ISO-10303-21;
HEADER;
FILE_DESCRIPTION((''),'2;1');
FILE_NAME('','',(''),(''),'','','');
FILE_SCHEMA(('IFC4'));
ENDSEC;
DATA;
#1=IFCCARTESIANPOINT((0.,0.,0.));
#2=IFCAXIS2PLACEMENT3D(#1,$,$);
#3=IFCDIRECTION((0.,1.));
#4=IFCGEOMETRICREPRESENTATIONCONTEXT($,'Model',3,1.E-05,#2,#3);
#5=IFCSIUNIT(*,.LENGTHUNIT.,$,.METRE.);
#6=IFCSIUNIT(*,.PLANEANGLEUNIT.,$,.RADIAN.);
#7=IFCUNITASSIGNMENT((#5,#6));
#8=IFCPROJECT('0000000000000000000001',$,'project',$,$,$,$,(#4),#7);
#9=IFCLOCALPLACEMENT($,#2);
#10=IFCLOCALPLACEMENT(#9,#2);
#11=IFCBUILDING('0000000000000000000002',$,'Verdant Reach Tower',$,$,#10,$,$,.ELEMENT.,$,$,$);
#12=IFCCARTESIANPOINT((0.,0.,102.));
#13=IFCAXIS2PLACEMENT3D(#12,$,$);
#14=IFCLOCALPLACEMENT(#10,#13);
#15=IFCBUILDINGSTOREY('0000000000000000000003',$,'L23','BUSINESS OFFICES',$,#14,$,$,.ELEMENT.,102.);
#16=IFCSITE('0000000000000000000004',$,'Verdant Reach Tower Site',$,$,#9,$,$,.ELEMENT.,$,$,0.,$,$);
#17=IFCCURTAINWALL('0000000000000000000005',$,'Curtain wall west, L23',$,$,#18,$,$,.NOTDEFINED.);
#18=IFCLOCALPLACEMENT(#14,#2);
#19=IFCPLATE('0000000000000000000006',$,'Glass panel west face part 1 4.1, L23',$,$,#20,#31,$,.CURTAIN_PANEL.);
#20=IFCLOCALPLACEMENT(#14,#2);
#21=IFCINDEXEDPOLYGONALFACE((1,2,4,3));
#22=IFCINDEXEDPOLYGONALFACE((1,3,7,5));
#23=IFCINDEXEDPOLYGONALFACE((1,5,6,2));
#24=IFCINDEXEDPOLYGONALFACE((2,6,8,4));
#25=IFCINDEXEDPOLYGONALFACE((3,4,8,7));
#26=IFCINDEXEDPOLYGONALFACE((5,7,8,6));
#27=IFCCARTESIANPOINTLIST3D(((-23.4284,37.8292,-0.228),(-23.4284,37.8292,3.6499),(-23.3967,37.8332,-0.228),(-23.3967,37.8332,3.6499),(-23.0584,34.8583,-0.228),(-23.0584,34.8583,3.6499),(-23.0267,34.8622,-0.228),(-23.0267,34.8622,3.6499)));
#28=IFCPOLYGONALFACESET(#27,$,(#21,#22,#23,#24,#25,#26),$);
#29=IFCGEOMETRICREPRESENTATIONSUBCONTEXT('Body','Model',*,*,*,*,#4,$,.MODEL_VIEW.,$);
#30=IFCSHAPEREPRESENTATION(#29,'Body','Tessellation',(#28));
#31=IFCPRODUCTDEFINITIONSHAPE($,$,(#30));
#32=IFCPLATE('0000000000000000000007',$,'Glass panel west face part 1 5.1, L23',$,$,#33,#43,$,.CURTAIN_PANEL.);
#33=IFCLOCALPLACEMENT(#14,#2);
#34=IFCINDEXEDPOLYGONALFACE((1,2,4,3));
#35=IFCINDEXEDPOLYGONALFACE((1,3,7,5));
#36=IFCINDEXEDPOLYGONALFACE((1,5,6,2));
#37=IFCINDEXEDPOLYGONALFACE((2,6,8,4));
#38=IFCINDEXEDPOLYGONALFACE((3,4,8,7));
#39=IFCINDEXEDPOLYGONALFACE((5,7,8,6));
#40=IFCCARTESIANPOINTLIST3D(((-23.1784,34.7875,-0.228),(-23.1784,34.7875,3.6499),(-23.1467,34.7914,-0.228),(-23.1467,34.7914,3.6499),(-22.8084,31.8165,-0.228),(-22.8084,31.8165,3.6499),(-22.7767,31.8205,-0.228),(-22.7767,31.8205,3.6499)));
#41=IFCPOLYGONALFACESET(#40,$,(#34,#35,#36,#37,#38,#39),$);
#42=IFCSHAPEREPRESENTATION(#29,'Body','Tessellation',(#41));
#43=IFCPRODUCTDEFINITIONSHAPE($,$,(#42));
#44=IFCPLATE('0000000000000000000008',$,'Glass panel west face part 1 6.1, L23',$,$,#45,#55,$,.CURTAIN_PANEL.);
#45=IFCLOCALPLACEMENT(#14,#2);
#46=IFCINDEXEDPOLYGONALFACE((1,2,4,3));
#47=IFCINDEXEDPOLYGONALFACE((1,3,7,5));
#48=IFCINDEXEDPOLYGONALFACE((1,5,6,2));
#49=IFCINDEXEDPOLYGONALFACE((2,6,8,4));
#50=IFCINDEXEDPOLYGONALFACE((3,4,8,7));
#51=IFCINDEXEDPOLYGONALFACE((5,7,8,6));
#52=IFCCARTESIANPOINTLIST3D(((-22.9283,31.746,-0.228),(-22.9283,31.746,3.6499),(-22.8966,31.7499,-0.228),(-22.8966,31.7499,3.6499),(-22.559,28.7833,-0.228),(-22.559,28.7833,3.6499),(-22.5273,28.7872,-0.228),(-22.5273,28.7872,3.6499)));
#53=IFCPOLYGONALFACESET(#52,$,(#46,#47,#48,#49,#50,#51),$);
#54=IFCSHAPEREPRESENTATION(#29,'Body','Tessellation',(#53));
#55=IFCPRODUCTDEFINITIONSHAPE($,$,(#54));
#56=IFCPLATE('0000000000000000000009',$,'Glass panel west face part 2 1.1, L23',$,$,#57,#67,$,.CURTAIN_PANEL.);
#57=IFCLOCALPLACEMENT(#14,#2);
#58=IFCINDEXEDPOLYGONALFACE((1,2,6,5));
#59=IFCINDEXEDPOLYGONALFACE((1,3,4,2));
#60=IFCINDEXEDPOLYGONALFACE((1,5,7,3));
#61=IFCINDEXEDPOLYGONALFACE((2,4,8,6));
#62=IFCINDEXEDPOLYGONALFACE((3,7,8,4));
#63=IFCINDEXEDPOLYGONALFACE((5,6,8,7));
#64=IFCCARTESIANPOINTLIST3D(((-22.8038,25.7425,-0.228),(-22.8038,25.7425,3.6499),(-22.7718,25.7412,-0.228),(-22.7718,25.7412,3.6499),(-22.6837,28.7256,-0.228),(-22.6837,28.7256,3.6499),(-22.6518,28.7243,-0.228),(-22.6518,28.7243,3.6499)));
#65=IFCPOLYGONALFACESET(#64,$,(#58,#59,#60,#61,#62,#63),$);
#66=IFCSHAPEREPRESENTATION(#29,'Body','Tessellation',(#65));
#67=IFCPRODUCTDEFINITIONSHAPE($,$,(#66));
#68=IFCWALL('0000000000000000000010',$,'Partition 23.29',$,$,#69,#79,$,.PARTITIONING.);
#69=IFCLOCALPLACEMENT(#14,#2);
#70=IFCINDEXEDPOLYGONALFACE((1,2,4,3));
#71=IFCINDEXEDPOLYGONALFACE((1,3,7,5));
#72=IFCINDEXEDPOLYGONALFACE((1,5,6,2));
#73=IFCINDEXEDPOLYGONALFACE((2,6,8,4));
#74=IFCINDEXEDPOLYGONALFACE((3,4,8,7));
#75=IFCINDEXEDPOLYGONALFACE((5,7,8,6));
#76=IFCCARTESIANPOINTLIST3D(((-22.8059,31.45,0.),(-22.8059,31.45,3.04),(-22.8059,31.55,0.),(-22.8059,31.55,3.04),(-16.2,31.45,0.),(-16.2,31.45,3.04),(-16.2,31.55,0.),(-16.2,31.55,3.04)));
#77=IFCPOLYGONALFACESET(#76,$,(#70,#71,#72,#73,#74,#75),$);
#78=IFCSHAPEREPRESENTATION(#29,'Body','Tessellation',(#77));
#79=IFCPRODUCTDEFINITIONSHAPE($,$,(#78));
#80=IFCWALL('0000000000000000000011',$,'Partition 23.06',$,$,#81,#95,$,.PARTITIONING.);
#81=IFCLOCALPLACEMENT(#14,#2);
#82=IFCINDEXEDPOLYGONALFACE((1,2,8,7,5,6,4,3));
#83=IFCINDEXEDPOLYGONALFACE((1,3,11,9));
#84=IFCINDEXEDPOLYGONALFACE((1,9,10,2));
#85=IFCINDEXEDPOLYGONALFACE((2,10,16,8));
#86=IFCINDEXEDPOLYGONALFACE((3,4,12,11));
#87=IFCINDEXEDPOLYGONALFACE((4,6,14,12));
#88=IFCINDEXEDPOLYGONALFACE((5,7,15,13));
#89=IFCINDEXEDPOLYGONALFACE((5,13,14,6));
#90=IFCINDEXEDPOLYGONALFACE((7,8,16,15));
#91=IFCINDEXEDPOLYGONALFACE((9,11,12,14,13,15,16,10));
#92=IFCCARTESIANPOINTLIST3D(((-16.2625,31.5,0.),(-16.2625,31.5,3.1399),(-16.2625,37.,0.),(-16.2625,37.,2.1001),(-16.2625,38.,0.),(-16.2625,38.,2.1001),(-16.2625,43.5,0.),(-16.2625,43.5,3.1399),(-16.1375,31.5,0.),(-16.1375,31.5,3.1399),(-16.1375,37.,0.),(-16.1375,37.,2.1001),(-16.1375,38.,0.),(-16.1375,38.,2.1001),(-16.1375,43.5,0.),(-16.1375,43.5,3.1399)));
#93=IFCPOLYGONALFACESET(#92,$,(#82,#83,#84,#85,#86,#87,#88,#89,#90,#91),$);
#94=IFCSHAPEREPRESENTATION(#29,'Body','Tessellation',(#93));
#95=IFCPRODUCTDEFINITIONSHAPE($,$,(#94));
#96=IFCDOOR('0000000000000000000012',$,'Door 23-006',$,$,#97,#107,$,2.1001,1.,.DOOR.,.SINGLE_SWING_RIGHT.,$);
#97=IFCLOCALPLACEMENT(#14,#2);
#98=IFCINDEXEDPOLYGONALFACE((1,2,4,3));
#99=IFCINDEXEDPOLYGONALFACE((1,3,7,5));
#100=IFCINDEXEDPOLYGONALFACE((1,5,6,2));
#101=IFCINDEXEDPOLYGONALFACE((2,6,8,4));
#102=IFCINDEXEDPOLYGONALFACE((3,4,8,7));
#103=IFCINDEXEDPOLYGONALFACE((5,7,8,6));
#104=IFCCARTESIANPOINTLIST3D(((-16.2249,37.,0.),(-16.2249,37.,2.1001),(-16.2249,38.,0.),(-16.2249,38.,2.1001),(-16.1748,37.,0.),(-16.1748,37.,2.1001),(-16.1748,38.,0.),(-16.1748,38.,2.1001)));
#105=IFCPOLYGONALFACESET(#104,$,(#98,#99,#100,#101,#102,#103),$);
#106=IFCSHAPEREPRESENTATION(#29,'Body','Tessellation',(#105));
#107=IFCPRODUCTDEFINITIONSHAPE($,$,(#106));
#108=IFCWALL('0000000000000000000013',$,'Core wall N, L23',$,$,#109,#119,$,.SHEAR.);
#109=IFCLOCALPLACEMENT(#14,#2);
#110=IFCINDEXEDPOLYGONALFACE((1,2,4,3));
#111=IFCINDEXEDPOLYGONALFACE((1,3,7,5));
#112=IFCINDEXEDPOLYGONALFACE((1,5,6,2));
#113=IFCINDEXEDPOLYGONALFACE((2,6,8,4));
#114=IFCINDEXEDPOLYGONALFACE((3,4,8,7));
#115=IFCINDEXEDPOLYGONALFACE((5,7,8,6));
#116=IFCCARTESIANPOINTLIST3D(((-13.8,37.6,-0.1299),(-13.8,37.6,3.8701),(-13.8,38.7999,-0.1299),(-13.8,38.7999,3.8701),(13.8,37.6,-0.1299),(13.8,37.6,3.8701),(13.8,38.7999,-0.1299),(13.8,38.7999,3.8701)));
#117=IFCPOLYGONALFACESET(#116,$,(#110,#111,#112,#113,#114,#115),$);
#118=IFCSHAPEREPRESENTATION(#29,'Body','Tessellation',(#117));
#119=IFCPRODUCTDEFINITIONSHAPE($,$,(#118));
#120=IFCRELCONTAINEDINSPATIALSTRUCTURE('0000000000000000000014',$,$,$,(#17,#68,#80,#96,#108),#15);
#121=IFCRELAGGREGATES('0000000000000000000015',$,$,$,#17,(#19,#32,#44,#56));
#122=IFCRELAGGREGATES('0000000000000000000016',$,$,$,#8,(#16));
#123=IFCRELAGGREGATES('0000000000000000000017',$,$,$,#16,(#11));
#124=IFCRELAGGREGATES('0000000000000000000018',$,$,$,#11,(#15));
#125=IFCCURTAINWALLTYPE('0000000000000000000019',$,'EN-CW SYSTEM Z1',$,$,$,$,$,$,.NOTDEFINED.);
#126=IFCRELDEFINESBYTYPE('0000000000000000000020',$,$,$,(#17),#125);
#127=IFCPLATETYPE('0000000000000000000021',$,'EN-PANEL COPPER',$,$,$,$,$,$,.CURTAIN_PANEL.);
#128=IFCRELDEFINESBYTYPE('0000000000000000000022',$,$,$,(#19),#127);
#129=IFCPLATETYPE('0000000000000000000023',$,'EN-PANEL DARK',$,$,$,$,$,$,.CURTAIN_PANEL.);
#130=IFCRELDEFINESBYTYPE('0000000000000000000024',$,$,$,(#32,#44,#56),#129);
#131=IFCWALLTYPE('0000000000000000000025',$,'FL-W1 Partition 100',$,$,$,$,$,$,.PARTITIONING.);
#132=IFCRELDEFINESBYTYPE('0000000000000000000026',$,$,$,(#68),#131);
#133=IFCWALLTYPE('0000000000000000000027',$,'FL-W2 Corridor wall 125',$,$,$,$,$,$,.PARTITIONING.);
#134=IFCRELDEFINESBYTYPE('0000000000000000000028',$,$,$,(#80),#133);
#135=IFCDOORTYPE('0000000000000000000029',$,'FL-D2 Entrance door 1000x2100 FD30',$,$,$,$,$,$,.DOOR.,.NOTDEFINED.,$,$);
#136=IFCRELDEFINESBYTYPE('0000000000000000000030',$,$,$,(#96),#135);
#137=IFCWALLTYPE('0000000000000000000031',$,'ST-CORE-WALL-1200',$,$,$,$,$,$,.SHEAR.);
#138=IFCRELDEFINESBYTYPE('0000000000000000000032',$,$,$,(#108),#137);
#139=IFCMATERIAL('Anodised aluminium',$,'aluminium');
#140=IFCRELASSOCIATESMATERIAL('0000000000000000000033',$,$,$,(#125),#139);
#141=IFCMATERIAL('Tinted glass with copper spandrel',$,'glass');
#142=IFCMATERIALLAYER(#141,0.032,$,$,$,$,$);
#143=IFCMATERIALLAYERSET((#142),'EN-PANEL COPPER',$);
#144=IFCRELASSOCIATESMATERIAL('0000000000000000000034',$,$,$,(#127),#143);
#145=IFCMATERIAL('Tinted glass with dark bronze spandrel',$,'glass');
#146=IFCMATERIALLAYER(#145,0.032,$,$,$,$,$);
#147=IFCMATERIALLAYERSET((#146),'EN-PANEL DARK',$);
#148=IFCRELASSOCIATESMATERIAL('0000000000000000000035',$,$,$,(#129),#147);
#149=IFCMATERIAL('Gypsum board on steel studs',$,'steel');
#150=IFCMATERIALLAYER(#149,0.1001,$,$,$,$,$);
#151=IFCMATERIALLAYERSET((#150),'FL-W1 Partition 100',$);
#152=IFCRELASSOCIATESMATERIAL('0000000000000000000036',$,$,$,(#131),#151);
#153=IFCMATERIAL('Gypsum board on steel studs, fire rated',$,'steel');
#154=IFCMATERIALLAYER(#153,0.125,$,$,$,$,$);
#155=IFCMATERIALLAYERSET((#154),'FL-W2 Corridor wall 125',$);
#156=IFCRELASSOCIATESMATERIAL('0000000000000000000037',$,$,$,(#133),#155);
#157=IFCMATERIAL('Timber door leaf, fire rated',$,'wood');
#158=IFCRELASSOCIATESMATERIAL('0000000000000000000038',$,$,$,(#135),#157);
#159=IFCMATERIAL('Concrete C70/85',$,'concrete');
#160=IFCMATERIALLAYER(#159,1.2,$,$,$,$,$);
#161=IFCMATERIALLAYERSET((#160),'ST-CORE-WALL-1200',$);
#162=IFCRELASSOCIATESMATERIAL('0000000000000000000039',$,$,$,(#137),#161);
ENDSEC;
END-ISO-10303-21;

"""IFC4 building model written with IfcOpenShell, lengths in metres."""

from ifc_helpers import new_model, si_unit, direction, frame, frame_2d, origin, origin_2d, place, context, subcontext, project, spatial, rectangle, extrude, material, layer, layer_set, type_object, element, fill, aggregate, save


model = new_model("IFC4")

# Units and contexts
model_context = context("Model", 3, precision=1e-05, world=origin(), true_north=direction((0.0, 1.0)))
body_context = subcontext(model_context, "Body", "Model", "MODEL_VIEW")
ifc_project = project(units=[si_unit("LENGTHUNIT", "METRE"), si_unit("PLANEANGLEUNIT", "RADIAN")], contexts=[model_context])

# Site, building, storey
site_placement = place(None, origin())
site = spatial("IfcSite", under=ifc_project, at=site_placement, Name="Verdant Reach Tower Site", CompositionType="ELEMENT", RefElevation=0.0)
building_placement = place(site_placement, origin())
building = spatial("IfcBuilding", under=site, at=building_placement, Name="Verdant Reach Tower", CompositionType="ELEMENT")
storey_placement = place(building_placement, frame((0.0, 0.0, 102.0)))
storey = spatial("IfcBuildingStorey", under=building, at=storey_placement, Name="L23", Description="BUSINESS OFFICES", CompositionType="ELEMENT", Elevation=102.0)

# Curtain wall
ifc_material_1 = material(Name="Anodised aluminium", Category="aluminium")
curtain_wall_type = type_object("IfcCurtainWallType", Name="EN-CW SYSTEM Z1", PredefinedType="NOTDEFINED", material=ifc_material_1)
curtain_wall_placement = place(storey_placement, origin())
curtain_wall = element("IfcCurtainWall", 1, at=curtain_wall_placement, inside=storey, type_object=curtain_wall_type, Name="Curtain wall west, L23", PredefinedType="NOTDEFINED")

# Plates
ifc_material_2 = material(Name="Tinted glass with copper spandrel", Category="glass")
ifc_layer_1 = layer(ifc_material_2, 0.032)
ifc_layer_set_1 = layer_set([ifc_layer_1], Name="EN-PANEL COPPER")
plate_type_1 = type_object("IfcPlateType", Name="EN-PANEL COPPER", PredefinedType="CURTAIN_PANEL", material=ifc_layer_set_1)
plate_1_placement = place(storey_placement, frame((-23.2275, 36.3457, -0.228), z_axis=(0.0, 0.0, 1.0), x_axis=(0.123579, -0.992335, 0.0)))
plate_1 = element("IfcPlate", 2, at=plate_1_placement, type_object=plate_type_1, Name="Glass panel west face part 1 4.1, L23", PredefinedType="CURTAIN_PANEL", context=body_context, shape_type="SweptSolid", body=[
    extrude(rectangle(XDim=2.9939, YDim=0.032, at=origin_2d()), origin(), (0.0, 0.0, 1.0), 3.8779),
])
ifc_material_3 = material(Name="Tinted glass with dark bronze spandrel", Category="glass")
ifc_layer_2 = layer(ifc_material_3, 0.032)
ifc_layer_set_2 = layer_set([ifc_layer_2], Name="EN-PANEL DARK")
plate_type_2 = type_object("IfcPlateType", Name="EN-PANEL DARK", PredefinedType="CURTAIN_PANEL", material=ifc_layer_set_2)
plate_2_placement = place(storey_placement, frame((-22.9775, 33.304, -0.228), z_axis=(0.0, 0.0, 1.0), x_axis=(0.123579, -0.992335, 0.0)))
plate_2 = element("IfcPlate", 3, at=plate_2_placement, type_object=plate_type_2, Name="Glass panel west face part 1 5.1, L23", PredefinedType="CURTAIN_PANEL", context=body_context, shape_type="SweptSolid", body=[
    extrude(rectangle(XDim=2.9939, YDim=0.032, at=origin_2d()), origin(), (0.0, 0.0, 1.0), 3.8779),
])
plate_3_placement = place(storey_placement, frame((-22.7278, 30.2666, -0.228), z_axis=(0.0, 0.0, 1.0), x_axis=(0.123691, -0.992321, 0.0)))
plate_3 = element("IfcPlate", 4, at=plate_3_placement, type_object=plate_type_2, Name="Glass panel west face part 1 6.1, L23", PredefinedType="CURTAIN_PANEL", context=body_context, shape_type="SweptSolid", body=[
    extrude(rectangle(XDim=2.9856, YDim=0.032, at=origin_2d()), origin(), (0.0, 0.0, 1.0), 3.8779),
])
plate_4_placement = place(storey_placement, frame((-22.7278, 27.2334, -0.228), z_axis=(0.0, 0.0, 1.0), x_axis=(-0.040222, -0.999191, 0.0)))
plate_4 = element("IfcPlate", 5, at=plate_4_placement, type_object=plate_type_2, Name="Glass panel west face part 2 1.1, L23", PredefinedType="CURTAIN_PANEL", context=body_context, shape_type="SweptSolid", body=[
    extrude(rectangle(XDim=2.9856, YDim=0.032, at=origin_2d()), origin(), (0.0, 0.0, 1.0), 3.8779),
])
aggregate(curtain_wall, [plate_1, plate_2, plate_3, plate_4])

# Wall
ifc_material_4 = material(Name="Gypsum board on steel studs", Category="steel")
ifc_layer_3 = layer(ifc_material_4, 0.1001)
ifc_layer_set_3 = layer_set([ifc_layer_3], Name="FL-W1 Partition 100")
wall_type_1 = type_object("IfcWallType", Name="FL-W1 Partition 100", PredefinedType="PARTITIONING", material=ifc_layer_set_3)
wall_1_placement = place(storey_placement, frame((-16.2, 31.5, 0.0), z_axis=(0.0, 0.0, 1.0), x_axis=(-1.0, 0.0, 0.0)))
element("IfcWall", 6, at=wall_1_placement, inside=storey, type_object=wall_type_1, Name="Partition 23.29", PredefinedType="PARTITIONING", context=body_context, shape_type="SweptSolid", body=[
    extrude(rectangle(XDim=6.606, YDim=0.1001, at=frame_2d((3.303, 0.0))), origin(), (0.0, 0.0, 1.0), 3.04),
])

# Wall, opening, door
ifc_material_5 = material(Name="Gypsum board on steel studs, fire rated", Category="steel")
ifc_layer_4 = layer(ifc_material_5, 0.125)
ifc_layer_set_4 = layer_set([ifc_layer_4], Name="FL-W2 Corridor wall 125")
wall_type_2 = type_object("IfcWallType", Name="FL-W2 Corridor wall 125", PredefinedType="PARTITIONING", material=ifc_layer_set_4)
wall_2_placement = place(storey_placement, frame((-16.2, 31.5, 0.0), z_axis=(0.0, 0.0, 1.0), x_axis=(0.0, 1.0, 0.0)))
wall_2 = element("IfcWall", 7, at=wall_2_placement, inside=storey, type_object=wall_type_2, Name="Partition 23.06", PredefinedType="PARTITIONING", context=body_context, shape_type="SweptSolid", body=[
    extrude(rectangle(XDim=12.0, YDim=0.125, at=frame_2d((6.0, 0.0))), origin(), (0.0, 0.0, 1.0), 3.1399),
])
opening_placement = place(wall_2_placement, frame((5.5, 0.0, 0.0)))
opening = element("IfcOpeningElement", 8, at=opening_placement, cuts=wall_2, PredefinedType="OPENING", context=body_context, shape_type="SweptSolid", body=[
    extrude(rectangle(XDim=1.0, YDim=2.1001, at=frame_2d((0.5, 1.05))), frame((0.0, 0.0725, 0.0), z_axis=(0.0, -1.0, 0.0), x_axis=(1.0, 0.0, 0.0)), (0.0, 0.0, 1.0), 0.145),
])
ifc_material_6 = material(Name="Timber door leaf, fire rated", Category="wood")
door_type = type_object("IfcDoorType", Name="FL-D2 Entrance door 1000x2100 FD30", OperationType="NOTDEFINED", PredefinedType="DOOR", material=ifc_material_6)
door_placement = place(opening_placement, origin())
door = element("IfcDoor", 9, at=door_placement, inside=storey, type_object=door_type, Name="Door 23-006", OperationType="SINGLE_SWING_RIGHT", OverallHeight=2.1001, OverallWidth=1.0, PredefinedType="DOOR", context=body_context, shape_type="SweptSolid", body=[
    extrude(rectangle(XDim=1.0, YDim=2.1001, at=frame_2d((0.5, 1.05))), frame((0.0, 0.0249, 0.0), z_axis=(0.0, -1.0, 0.0), x_axis=(1.0, 0.0, 0.0)), (0.0, 0.0, 1.0), 0.05),
])
fill(opening, door)

# Wall
ifc_material_7 = material(Name="Concrete C70/85", Category="concrete")
ifc_layer_5 = layer(ifc_material_7, 1.2)
ifc_layer_set_5 = layer_set([ifc_layer_5], Name="ST-CORE-WALL-1200")
wall_type_3 = type_object("IfcWallType", Name="ST-CORE-WALL-1200", PredefinedType="SHEAR", material=ifc_layer_set_5)
wall_3_placement = place(storey_placement, frame((-13.8, 38.2, -0.1299), z_axis=(0.0, 0.0, 1.0), x_axis=(1.0, 0.0, 0.0)))
element("IfcWall", 10, at=wall_3_placement, inside=storey, type_object=wall_type_3, Name="Core wall N, L23", PredefinedType="SHEAR", context=body_context, shape_type="SweptSolid", body=[
    extrude(rectangle(XDim=27.6001, YDim=1.2, at=frame_2d((13.8, 0.0))), origin(), (0.0, 0.0, 1.0), 4.0),
])

save(model, "model.ifc")
